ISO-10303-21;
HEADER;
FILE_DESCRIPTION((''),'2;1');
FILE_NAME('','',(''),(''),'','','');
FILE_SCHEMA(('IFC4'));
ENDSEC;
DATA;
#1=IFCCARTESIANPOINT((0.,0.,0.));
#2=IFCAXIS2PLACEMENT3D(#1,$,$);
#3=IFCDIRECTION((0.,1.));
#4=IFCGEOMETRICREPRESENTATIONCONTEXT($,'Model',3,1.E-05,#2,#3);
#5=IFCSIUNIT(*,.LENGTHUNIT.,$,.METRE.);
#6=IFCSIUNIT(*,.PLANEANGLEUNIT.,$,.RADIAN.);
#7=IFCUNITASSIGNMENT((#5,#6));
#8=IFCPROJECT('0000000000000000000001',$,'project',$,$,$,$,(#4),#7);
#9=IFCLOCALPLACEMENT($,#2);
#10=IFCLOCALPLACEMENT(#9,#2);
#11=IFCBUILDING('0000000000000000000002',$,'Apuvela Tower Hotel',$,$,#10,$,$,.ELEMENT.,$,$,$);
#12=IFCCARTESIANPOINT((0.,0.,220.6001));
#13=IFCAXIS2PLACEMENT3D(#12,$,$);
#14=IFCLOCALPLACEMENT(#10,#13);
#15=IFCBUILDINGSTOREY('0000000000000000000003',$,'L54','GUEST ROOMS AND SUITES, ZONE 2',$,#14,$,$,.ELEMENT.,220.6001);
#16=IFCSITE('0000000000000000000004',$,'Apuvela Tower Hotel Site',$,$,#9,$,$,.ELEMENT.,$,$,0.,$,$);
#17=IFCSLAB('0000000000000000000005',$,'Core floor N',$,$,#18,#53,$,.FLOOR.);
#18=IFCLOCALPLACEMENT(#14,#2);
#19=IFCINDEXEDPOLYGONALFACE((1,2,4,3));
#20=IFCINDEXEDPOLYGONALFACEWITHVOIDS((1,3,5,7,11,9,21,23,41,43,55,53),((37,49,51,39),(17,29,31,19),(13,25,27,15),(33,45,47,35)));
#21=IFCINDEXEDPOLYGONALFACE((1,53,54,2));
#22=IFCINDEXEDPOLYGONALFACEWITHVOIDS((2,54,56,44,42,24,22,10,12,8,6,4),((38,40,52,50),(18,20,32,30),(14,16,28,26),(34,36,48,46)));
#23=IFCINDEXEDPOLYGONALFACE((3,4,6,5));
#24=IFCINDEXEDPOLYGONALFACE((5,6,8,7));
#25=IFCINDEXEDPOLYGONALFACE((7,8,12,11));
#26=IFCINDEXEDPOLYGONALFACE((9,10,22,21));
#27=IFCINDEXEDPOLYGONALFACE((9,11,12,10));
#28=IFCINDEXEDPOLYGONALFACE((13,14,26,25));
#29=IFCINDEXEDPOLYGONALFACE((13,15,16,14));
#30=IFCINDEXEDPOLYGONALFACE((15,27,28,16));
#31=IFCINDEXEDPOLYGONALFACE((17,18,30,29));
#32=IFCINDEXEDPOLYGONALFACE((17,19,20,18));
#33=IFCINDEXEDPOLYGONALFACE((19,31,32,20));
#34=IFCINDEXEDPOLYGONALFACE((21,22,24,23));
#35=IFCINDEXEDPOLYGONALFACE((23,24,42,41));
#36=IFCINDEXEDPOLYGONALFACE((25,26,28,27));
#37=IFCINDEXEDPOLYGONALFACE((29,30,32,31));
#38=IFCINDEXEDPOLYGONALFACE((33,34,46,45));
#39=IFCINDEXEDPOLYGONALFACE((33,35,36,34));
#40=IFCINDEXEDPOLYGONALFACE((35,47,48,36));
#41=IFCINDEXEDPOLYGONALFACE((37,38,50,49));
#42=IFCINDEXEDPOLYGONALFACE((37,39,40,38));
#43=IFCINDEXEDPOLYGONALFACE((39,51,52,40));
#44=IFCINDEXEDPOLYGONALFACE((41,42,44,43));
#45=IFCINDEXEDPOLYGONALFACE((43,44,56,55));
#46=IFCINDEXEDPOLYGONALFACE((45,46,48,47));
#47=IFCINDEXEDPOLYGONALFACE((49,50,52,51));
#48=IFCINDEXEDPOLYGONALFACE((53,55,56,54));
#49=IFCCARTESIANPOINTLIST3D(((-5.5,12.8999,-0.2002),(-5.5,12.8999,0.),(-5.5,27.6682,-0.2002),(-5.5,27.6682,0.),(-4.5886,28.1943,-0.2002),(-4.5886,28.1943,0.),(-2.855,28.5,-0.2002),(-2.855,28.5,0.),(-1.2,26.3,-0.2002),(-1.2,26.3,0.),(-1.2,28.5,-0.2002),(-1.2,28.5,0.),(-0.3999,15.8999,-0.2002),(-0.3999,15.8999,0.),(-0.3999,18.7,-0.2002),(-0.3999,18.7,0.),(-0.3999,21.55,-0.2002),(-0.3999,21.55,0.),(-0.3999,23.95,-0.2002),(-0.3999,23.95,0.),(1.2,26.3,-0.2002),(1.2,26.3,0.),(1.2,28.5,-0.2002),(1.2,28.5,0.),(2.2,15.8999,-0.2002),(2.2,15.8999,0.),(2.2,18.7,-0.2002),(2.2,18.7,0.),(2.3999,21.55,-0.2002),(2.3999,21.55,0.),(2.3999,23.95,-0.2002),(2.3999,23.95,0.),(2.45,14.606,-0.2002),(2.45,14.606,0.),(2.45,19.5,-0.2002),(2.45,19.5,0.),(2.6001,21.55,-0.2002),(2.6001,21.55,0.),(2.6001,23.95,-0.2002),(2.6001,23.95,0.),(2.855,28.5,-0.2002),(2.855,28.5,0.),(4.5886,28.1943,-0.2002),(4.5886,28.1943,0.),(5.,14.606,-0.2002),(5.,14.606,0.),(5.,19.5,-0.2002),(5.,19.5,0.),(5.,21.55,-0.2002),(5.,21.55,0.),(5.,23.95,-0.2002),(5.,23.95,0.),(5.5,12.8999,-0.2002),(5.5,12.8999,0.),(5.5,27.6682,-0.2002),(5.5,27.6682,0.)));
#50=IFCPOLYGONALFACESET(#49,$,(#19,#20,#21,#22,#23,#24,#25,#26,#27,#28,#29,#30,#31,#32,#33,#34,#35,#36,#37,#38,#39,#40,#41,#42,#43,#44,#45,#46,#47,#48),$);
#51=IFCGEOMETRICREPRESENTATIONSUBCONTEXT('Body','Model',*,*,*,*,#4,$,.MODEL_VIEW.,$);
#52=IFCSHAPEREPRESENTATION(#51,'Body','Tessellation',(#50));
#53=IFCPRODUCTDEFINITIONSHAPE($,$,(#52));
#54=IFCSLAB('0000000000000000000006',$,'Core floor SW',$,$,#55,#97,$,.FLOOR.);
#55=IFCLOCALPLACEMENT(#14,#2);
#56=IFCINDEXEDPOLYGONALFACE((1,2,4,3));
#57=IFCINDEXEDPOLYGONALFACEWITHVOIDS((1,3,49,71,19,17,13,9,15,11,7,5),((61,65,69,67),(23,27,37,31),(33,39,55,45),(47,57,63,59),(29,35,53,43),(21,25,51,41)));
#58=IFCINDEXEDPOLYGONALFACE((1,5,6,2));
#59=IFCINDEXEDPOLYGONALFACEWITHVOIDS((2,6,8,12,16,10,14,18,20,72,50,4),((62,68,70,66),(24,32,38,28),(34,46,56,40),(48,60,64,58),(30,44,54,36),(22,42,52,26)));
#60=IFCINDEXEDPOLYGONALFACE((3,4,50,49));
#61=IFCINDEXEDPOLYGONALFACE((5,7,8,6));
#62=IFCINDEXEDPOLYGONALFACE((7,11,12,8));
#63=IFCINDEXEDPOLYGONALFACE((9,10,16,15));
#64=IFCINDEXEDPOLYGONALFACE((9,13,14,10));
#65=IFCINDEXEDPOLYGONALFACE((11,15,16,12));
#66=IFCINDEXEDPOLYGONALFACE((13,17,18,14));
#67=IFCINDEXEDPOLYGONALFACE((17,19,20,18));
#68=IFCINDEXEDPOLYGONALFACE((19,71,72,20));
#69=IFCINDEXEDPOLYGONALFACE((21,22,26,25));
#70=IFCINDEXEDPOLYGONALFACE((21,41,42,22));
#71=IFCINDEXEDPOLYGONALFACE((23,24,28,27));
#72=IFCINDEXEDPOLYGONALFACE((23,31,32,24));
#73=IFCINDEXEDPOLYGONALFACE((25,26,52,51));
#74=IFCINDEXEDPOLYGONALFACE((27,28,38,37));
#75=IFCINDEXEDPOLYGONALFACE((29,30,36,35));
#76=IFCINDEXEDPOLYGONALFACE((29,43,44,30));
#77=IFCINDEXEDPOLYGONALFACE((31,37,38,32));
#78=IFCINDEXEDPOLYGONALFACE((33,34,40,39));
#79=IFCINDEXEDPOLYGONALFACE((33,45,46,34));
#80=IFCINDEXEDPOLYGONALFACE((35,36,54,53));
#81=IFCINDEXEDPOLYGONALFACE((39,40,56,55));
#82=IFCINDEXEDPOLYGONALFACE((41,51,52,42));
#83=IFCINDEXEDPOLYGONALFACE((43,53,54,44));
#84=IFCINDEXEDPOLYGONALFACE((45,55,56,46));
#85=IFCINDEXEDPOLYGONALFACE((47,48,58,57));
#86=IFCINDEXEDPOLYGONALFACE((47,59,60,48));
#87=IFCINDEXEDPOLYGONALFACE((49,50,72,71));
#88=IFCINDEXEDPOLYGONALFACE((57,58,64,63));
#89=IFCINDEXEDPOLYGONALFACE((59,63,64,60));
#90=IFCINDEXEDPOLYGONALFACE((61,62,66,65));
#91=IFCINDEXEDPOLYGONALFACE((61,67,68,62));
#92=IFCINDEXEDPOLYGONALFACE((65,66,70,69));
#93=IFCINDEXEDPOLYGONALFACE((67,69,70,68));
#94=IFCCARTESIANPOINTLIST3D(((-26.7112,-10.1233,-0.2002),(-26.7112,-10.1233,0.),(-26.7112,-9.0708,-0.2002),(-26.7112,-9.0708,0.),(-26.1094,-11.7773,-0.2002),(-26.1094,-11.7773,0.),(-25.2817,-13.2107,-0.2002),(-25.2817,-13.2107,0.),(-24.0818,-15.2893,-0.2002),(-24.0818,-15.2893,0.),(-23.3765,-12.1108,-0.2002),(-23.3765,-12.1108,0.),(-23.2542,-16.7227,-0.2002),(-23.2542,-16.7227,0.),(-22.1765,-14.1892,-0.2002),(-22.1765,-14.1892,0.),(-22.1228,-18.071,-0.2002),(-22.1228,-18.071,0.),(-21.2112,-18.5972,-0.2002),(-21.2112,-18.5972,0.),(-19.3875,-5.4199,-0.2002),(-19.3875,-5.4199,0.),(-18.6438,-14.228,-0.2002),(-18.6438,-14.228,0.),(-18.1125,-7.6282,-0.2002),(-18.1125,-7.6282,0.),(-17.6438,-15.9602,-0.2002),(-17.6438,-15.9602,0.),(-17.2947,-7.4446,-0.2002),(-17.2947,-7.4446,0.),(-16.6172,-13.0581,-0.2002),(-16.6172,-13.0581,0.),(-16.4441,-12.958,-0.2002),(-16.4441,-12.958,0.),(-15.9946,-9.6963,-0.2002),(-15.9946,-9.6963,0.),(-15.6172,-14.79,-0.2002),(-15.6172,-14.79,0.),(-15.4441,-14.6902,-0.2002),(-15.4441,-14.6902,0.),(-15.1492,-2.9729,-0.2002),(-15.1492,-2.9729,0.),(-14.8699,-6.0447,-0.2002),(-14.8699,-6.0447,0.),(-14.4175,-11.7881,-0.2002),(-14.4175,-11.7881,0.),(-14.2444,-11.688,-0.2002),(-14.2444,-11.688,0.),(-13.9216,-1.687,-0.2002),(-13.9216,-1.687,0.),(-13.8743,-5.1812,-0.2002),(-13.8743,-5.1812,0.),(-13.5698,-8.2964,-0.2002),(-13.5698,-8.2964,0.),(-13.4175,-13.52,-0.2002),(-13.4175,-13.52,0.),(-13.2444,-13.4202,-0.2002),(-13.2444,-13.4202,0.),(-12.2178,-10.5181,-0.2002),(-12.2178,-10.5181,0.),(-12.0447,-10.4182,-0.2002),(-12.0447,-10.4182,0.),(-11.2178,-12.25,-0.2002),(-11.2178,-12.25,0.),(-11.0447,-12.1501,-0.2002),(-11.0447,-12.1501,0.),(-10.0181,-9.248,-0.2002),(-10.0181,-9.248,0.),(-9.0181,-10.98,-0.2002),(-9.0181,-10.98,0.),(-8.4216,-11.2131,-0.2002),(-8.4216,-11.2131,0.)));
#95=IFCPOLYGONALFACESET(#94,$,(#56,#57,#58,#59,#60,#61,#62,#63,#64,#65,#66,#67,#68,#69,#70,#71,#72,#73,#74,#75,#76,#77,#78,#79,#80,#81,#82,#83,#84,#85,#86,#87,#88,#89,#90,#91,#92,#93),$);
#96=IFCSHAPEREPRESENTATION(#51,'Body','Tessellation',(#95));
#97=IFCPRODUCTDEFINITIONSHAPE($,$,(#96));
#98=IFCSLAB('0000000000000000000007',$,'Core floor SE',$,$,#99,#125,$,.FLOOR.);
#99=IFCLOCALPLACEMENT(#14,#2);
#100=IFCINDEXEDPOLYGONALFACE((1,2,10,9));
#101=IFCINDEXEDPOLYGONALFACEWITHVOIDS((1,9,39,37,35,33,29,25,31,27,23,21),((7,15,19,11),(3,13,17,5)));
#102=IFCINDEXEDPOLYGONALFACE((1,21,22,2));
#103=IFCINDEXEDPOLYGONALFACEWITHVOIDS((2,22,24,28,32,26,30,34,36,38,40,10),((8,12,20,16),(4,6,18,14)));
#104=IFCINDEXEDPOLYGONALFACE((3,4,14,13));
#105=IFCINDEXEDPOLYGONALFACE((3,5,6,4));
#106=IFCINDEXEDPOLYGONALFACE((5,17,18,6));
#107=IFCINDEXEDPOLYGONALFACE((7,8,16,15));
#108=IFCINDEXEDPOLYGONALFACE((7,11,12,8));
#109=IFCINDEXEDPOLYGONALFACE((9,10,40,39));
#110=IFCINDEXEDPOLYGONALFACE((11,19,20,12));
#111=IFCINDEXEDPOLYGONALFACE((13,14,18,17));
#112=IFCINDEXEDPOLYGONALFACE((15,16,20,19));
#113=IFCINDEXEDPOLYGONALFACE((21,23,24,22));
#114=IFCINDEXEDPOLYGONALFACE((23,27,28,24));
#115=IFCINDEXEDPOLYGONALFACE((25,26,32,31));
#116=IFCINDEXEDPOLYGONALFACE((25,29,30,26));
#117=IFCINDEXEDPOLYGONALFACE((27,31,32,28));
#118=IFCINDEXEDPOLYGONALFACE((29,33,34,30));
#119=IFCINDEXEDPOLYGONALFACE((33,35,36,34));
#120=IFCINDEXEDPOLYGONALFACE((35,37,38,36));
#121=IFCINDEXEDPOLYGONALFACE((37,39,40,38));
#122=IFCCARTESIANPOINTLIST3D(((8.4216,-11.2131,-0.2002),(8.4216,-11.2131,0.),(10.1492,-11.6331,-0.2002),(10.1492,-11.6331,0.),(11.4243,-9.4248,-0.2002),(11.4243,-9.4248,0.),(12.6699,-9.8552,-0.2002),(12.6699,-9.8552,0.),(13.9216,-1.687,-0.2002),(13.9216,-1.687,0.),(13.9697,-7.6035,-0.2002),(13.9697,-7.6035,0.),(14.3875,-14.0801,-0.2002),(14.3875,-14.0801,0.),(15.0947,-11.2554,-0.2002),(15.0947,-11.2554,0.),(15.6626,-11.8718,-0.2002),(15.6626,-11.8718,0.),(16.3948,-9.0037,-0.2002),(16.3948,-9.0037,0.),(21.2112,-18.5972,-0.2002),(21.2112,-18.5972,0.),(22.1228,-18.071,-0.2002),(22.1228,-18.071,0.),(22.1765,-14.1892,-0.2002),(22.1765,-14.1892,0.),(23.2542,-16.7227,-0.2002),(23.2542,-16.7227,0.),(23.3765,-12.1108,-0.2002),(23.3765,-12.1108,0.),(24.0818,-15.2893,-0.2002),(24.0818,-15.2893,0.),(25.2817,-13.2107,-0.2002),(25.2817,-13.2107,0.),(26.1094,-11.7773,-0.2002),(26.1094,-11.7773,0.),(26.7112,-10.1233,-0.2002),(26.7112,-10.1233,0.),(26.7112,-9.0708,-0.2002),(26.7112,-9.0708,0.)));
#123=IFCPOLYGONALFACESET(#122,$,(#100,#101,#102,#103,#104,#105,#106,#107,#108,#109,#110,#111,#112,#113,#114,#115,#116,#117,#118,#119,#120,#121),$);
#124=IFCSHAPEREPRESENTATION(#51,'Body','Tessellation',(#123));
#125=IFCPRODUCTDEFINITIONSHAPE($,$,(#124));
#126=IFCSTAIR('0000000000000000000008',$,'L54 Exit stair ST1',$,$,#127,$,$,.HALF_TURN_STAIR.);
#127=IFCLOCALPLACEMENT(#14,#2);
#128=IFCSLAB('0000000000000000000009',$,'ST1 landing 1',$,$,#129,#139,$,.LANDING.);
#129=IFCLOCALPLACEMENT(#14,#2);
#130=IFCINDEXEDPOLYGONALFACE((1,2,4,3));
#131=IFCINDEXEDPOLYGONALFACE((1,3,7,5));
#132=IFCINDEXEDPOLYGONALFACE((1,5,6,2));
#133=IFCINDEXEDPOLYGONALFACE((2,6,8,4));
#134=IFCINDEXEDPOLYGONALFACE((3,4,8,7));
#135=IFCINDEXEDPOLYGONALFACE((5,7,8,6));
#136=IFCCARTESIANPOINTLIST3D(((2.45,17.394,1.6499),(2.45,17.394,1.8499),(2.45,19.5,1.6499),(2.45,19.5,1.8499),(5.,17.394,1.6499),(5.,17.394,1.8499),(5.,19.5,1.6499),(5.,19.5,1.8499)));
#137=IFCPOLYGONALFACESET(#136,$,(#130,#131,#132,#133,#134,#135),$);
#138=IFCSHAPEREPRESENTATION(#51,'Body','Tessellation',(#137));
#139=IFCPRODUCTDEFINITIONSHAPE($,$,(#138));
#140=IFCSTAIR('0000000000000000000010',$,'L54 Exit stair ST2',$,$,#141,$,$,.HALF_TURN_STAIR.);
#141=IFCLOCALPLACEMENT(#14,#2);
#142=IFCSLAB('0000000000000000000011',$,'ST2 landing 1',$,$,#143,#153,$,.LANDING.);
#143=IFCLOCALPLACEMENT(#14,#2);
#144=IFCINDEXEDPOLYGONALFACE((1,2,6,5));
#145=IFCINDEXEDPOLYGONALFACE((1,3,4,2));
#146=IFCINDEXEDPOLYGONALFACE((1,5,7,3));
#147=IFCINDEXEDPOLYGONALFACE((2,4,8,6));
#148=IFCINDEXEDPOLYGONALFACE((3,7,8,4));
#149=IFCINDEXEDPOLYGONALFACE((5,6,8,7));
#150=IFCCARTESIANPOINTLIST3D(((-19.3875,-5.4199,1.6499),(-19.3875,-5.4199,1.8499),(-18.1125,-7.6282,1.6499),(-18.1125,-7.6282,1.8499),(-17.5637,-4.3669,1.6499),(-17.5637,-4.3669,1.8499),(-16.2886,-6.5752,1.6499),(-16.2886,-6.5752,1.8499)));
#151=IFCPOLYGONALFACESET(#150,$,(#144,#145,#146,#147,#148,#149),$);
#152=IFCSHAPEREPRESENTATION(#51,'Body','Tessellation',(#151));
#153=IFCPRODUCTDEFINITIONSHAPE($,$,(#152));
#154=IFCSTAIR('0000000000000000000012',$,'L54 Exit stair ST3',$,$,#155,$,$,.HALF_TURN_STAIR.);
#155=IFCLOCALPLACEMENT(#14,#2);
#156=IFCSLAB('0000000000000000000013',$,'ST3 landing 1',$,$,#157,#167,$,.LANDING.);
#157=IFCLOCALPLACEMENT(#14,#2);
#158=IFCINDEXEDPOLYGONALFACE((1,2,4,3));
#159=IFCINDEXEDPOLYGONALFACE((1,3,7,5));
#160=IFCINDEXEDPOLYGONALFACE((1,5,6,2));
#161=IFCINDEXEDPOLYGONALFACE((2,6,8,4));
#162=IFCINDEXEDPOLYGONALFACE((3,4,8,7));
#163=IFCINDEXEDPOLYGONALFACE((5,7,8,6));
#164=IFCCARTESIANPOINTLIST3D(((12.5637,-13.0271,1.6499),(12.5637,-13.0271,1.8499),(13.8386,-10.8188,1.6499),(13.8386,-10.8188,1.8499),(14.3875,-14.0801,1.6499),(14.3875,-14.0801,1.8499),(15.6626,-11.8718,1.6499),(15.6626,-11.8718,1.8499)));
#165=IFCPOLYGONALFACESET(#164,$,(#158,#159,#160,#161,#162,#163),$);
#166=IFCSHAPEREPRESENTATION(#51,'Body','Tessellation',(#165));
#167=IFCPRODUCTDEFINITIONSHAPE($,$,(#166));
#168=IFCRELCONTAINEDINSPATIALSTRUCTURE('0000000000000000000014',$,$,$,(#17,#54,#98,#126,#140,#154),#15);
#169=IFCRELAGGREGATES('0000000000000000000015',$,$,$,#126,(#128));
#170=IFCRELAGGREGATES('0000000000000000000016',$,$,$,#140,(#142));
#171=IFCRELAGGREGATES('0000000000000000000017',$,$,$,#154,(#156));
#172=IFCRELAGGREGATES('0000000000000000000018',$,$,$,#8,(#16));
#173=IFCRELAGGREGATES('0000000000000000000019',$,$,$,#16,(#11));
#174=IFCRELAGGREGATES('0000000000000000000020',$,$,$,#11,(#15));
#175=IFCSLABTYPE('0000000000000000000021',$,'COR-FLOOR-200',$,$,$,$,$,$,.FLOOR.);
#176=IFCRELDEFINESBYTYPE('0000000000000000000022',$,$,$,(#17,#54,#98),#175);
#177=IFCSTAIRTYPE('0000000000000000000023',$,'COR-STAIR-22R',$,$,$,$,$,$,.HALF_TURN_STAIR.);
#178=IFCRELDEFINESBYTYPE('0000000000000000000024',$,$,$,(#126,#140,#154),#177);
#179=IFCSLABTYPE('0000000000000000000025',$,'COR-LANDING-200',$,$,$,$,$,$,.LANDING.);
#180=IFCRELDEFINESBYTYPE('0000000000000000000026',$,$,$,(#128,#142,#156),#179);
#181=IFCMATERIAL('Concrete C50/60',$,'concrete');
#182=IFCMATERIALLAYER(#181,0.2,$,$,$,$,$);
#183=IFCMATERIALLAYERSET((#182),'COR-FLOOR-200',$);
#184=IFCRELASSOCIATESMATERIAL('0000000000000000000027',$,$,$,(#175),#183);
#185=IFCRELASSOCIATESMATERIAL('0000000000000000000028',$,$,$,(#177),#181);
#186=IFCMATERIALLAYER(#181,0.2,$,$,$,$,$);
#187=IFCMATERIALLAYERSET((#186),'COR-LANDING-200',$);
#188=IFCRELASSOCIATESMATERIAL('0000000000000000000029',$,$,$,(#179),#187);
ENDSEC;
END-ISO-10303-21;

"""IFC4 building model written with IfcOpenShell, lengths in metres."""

from ifc_helpers import new_model, si_unit, direction, frame, origin, place, context, subcontext, project, spatial, polyline, outline, extrude, material, layer, layer_set, type_object, element, aggregate, save


model = new_model("IFC4")

# Units and contexts
model_context = context("Model", 3, precision=1e-05, world=origin(), true_north=direction((0.0, 1.0)))
body_context = subcontext(model_context, "Body", "Model", "MODEL_VIEW")
ifc_project = project(units=[si_unit("LENGTHUNIT", "METRE"), si_unit("PLANEANGLEUNIT", "RADIAN")], contexts=[model_context])

# Site, building, storey
site_placement = place(None, origin())
site = spatial("IfcSite", under=ifc_project, at=site_placement, Name="Apuvela Tower Hotel Site", CompositionType="ELEMENT", RefElevation=0.0)
building_placement = place(site_placement, origin())
building = spatial("IfcBuilding", under=site, at=building_placement, Name="Apuvela Tower Hotel", CompositionType="ELEMENT")
storey_placement = place(building_placement, frame((0.0, 0.0, 220.6001)))
storey = spatial("IfcBuildingStorey", under=building, at=storey_placement, Name="L54", Description="GUEST ROOMS AND SUITES, ZONE 2", CompositionType="ELEMENT", Elevation=220.6001)

# Slabs
ifc_material_1 = material(Name="Concrete C50/60", Category="concrete")
ifc_layer_1 = layer(ifc_material_1, 0.2)
ifc_layer_set_1 = layer_set([ifc_layer_1], Name="COR-FLOOR-200")
slab_type_1 = type_object("IfcSlabType", Name="COR-FLOOR-200", PredefinedType="FLOOR", material=ifc_layer_set_1)
slab_1_placement = place(storey_placement, frame((0.0, 0.0, -0.2002)))
element("IfcSlab", 1, at=slab_1_placement, inside=storey, type_object=slab_type_1, Name="Core floor N", PredefinedType="FLOOR", context=body_context, shape_type="SweptSolid", body=[
    extrude(outline(polyline([(5.5, 27.6682), (4.5886, 28.1943), (2.855, 28.5), (1.2, 28.5), (1.2, 26.3), (-1.2, 26.3), (-1.2, 28.5), (-2.855, 28.5), (-4.5886, 28.1943), (-5.5, 27.6682), (-5.5, 12.8999), (5.5, 12.8999), (5.5, 27.6682)]), holes=[polyline([(5.0, 14.606), (2.45, 14.606), (2.45, 19.5), (5.0, 19.5), (5.0, 14.606)]), polyline([(2.2, 15.8999), (-0.3999, 15.8999), (-0.3999, 18.7), (2.2, 18.7), (2.2, 15.8999)]), polyline([(5.0, 21.55), (2.6001, 21.55), (2.6001, 23.95), (5.0, 23.95), (5.0, 21.55)]), polyline([(2.3999, 21.55), (-0.3999, 21.55), (-0.3999, 23.95), (2.3999, 23.95), (2.3999, 21.55)])]), origin(), (0.0, 0.0, 1.0), 0.2002),
])
slab_2_placement = place(storey_placement, frame((0.0, 0.0, -0.2002)))
element("IfcSlab", 2, at=slab_2_placement, inside=storey, type_object=slab_type_1, Name="Core floor SW", PredefinedType="FLOOR", context=body_context, shape_type="SweptSolid", body=[
    extrude(outline(polyline([(-26.7112, -9.0708), (-26.7112, -10.1233), (-26.1094, -11.7773), (-25.2817, -13.2107), (-23.3765, -12.1108), (-22.1765, -14.1892), (-24.0818, -15.2893), (-23.2542, -16.7227), (-22.1228, -18.071), (-21.2112, -18.5972), (-8.4216, -11.2131), (-13.9216, -1.687), (-26.7112, -9.0708)]), holes=[polyline([(-10.0181, -9.248), (-9.0181, -10.98), (-11.0447, -12.1501), (-12.0447, -10.4182), (-10.0181, -9.248)]), polyline([(-14.2444, -11.688), (-12.2178, -10.5181), (-11.2178, -12.25), (-13.2444, -13.4202), (-14.2444, -11.688)]), polyline([(-19.3875, -5.4199), (-15.1492, -2.9729), (-13.8743, -5.1812), (-18.1125, -7.6282), (-19.3875, -5.4199)]), polyline([(-14.8699, -6.0447), (-13.5698, -8.2964), (-15.9946, -9.6963), (-17.2947, -7.4446), (-14.8699, -6.0447)]), polyline([(-16.4441, -12.958), (-14.4175, -11.7881), (-13.4175, -13.52), (-15.4441, -14.6902), (-16.4441, -12.958)]), polyline([(-18.6438, -14.228), (-16.6172, -13.0581), (-15.6172, -14.79), (-17.6438, -15.9602), (-18.6438, -14.228)])]), origin(), (0.0, 0.0, 1.0), 0.2002),
])
slab_3_placement = place(storey_placement, frame((0.0, 0.0, -0.2002)))
element("IfcSlab", 3, at=slab_3_placement, inside=storey, type_object=slab_type_1, Name="Core floor SE", PredefinedType="FLOOR", context=body_context, shape_type="SweptSolid", body=[
    extrude(outline(polyline([(21.2112, -18.5972), (22.1228, -18.071), (23.2542, -16.7227), (24.0818, -15.2893), (22.1765, -14.1892), (23.3765, -12.1108), (25.2817, -13.2107), (26.1094, -11.7773), (26.7112, -10.1233), (26.7112, -9.0708), (13.9216, -1.687), (8.4216, -11.2131), (21.2112, -18.5972)]), holes=[polyline([(11.4243, -9.4248), (15.6626, -11.8718), (14.3875, -14.0801), (10.1492, -11.6331), (11.4243, -9.4248)]), polyline([(13.9697, -7.6035), (16.3948, -9.0037), (15.0947, -11.2554), (12.6699, -9.8552), (13.9697, -7.6035)])]), origin(), (0.0, 0.0, 1.0), 0.2002),
])

# Stairs, slabs
stair_type = type_object("IfcStairType", Name="COR-STAIR-22R", PredefinedType="HALF_TURN_STAIR", material=ifc_material_1)
stair_1_placement = place(storey_placement, origin())
stair_1 = element("IfcStair", 4, at=stair_1_placement, inside=storey, type_object=stair_type, Name="L54 Exit stair ST1", PredefinedType="HALF_TURN_STAIR")
ifc_layer_2 = layer(ifc_material_1, 0.2)
ifc_layer_set_2 = layer_set([ifc_layer_2], Name="COR-LANDING-200")
slab_type_2 = type_object("IfcSlabType", Name="COR-LANDING-200", PredefinedType="LANDING", material=ifc_layer_set_2)
slab_4_placement = place(storey_placement, frame((0.0, 0.0, 1.6499)))
slab_4 = element("IfcSlab", 5, at=slab_4_placement, type_object=slab_type_2, Name="ST1 landing 1", PredefinedType="LANDING", context=body_context, shape_type="SweptSolid", body=[
    extrude(outline(polyline([(5.0, 17.394), (5.0, 19.5), (2.45, 19.5), (2.45, 17.394), (5.0, 17.394)])), origin(), (0.0, 0.0, 1.0), 0.2),
])
aggregate(stair_1, [slab_4])
stair_2_placement = place(storey_placement, origin())
stair_2 = element("IfcStair", 6, at=stair_2_placement, inside=storey, type_object=stair_type, Name="L54 Exit stair ST2", PredefinedType="HALF_TURN_STAIR")
slab_5_placement = place(storey_placement, frame((0.0, 0.0, 1.6499)))
slab_5 = element("IfcSlab", 7, at=slab_5_placement, type_object=slab_type_2, Name="ST2 landing 1", PredefinedType="LANDING", context=body_context, shape_type="SweptSolid", body=[
    extrude(outline(polyline([(-17.5637, -4.3669), (-19.3875, -5.4199), (-18.1125, -7.6282), (-16.2886, -6.5752), (-17.5637, -4.3669)])), origin(), (0.0, 0.0, 1.0), 0.2),
])
aggregate(stair_2, [slab_5])
stair_3_placement = place(storey_placement, origin())
stair_3 = element("IfcStair", 8, at=stair_3_placement, inside=storey, type_object=stair_type, Name="L54 Exit stair ST3", PredefinedType="HALF_TURN_STAIR")
slab_6_placement = place(storey_placement, frame((0.0, 0.0, 1.6499)))
slab_6 = element("IfcSlab", 9, at=slab_6_placement, type_object=slab_type_2, Name="ST3 landing 1", PredefinedType="LANDING", context=body_context, shape_type="SweptSolid", body=[
    extrude(outline(polyline([(12.5637, -13.0271), (14.3875, -14.0801), (15.6626, -11.8718), (13.8386, -10.8188), (12.5637, -13.0271)])), origin(), (0.0, 0.0, 1.0), 0.2),
])
aggregate(stair_3, [slab_6])

save(model, "model.ifc")
